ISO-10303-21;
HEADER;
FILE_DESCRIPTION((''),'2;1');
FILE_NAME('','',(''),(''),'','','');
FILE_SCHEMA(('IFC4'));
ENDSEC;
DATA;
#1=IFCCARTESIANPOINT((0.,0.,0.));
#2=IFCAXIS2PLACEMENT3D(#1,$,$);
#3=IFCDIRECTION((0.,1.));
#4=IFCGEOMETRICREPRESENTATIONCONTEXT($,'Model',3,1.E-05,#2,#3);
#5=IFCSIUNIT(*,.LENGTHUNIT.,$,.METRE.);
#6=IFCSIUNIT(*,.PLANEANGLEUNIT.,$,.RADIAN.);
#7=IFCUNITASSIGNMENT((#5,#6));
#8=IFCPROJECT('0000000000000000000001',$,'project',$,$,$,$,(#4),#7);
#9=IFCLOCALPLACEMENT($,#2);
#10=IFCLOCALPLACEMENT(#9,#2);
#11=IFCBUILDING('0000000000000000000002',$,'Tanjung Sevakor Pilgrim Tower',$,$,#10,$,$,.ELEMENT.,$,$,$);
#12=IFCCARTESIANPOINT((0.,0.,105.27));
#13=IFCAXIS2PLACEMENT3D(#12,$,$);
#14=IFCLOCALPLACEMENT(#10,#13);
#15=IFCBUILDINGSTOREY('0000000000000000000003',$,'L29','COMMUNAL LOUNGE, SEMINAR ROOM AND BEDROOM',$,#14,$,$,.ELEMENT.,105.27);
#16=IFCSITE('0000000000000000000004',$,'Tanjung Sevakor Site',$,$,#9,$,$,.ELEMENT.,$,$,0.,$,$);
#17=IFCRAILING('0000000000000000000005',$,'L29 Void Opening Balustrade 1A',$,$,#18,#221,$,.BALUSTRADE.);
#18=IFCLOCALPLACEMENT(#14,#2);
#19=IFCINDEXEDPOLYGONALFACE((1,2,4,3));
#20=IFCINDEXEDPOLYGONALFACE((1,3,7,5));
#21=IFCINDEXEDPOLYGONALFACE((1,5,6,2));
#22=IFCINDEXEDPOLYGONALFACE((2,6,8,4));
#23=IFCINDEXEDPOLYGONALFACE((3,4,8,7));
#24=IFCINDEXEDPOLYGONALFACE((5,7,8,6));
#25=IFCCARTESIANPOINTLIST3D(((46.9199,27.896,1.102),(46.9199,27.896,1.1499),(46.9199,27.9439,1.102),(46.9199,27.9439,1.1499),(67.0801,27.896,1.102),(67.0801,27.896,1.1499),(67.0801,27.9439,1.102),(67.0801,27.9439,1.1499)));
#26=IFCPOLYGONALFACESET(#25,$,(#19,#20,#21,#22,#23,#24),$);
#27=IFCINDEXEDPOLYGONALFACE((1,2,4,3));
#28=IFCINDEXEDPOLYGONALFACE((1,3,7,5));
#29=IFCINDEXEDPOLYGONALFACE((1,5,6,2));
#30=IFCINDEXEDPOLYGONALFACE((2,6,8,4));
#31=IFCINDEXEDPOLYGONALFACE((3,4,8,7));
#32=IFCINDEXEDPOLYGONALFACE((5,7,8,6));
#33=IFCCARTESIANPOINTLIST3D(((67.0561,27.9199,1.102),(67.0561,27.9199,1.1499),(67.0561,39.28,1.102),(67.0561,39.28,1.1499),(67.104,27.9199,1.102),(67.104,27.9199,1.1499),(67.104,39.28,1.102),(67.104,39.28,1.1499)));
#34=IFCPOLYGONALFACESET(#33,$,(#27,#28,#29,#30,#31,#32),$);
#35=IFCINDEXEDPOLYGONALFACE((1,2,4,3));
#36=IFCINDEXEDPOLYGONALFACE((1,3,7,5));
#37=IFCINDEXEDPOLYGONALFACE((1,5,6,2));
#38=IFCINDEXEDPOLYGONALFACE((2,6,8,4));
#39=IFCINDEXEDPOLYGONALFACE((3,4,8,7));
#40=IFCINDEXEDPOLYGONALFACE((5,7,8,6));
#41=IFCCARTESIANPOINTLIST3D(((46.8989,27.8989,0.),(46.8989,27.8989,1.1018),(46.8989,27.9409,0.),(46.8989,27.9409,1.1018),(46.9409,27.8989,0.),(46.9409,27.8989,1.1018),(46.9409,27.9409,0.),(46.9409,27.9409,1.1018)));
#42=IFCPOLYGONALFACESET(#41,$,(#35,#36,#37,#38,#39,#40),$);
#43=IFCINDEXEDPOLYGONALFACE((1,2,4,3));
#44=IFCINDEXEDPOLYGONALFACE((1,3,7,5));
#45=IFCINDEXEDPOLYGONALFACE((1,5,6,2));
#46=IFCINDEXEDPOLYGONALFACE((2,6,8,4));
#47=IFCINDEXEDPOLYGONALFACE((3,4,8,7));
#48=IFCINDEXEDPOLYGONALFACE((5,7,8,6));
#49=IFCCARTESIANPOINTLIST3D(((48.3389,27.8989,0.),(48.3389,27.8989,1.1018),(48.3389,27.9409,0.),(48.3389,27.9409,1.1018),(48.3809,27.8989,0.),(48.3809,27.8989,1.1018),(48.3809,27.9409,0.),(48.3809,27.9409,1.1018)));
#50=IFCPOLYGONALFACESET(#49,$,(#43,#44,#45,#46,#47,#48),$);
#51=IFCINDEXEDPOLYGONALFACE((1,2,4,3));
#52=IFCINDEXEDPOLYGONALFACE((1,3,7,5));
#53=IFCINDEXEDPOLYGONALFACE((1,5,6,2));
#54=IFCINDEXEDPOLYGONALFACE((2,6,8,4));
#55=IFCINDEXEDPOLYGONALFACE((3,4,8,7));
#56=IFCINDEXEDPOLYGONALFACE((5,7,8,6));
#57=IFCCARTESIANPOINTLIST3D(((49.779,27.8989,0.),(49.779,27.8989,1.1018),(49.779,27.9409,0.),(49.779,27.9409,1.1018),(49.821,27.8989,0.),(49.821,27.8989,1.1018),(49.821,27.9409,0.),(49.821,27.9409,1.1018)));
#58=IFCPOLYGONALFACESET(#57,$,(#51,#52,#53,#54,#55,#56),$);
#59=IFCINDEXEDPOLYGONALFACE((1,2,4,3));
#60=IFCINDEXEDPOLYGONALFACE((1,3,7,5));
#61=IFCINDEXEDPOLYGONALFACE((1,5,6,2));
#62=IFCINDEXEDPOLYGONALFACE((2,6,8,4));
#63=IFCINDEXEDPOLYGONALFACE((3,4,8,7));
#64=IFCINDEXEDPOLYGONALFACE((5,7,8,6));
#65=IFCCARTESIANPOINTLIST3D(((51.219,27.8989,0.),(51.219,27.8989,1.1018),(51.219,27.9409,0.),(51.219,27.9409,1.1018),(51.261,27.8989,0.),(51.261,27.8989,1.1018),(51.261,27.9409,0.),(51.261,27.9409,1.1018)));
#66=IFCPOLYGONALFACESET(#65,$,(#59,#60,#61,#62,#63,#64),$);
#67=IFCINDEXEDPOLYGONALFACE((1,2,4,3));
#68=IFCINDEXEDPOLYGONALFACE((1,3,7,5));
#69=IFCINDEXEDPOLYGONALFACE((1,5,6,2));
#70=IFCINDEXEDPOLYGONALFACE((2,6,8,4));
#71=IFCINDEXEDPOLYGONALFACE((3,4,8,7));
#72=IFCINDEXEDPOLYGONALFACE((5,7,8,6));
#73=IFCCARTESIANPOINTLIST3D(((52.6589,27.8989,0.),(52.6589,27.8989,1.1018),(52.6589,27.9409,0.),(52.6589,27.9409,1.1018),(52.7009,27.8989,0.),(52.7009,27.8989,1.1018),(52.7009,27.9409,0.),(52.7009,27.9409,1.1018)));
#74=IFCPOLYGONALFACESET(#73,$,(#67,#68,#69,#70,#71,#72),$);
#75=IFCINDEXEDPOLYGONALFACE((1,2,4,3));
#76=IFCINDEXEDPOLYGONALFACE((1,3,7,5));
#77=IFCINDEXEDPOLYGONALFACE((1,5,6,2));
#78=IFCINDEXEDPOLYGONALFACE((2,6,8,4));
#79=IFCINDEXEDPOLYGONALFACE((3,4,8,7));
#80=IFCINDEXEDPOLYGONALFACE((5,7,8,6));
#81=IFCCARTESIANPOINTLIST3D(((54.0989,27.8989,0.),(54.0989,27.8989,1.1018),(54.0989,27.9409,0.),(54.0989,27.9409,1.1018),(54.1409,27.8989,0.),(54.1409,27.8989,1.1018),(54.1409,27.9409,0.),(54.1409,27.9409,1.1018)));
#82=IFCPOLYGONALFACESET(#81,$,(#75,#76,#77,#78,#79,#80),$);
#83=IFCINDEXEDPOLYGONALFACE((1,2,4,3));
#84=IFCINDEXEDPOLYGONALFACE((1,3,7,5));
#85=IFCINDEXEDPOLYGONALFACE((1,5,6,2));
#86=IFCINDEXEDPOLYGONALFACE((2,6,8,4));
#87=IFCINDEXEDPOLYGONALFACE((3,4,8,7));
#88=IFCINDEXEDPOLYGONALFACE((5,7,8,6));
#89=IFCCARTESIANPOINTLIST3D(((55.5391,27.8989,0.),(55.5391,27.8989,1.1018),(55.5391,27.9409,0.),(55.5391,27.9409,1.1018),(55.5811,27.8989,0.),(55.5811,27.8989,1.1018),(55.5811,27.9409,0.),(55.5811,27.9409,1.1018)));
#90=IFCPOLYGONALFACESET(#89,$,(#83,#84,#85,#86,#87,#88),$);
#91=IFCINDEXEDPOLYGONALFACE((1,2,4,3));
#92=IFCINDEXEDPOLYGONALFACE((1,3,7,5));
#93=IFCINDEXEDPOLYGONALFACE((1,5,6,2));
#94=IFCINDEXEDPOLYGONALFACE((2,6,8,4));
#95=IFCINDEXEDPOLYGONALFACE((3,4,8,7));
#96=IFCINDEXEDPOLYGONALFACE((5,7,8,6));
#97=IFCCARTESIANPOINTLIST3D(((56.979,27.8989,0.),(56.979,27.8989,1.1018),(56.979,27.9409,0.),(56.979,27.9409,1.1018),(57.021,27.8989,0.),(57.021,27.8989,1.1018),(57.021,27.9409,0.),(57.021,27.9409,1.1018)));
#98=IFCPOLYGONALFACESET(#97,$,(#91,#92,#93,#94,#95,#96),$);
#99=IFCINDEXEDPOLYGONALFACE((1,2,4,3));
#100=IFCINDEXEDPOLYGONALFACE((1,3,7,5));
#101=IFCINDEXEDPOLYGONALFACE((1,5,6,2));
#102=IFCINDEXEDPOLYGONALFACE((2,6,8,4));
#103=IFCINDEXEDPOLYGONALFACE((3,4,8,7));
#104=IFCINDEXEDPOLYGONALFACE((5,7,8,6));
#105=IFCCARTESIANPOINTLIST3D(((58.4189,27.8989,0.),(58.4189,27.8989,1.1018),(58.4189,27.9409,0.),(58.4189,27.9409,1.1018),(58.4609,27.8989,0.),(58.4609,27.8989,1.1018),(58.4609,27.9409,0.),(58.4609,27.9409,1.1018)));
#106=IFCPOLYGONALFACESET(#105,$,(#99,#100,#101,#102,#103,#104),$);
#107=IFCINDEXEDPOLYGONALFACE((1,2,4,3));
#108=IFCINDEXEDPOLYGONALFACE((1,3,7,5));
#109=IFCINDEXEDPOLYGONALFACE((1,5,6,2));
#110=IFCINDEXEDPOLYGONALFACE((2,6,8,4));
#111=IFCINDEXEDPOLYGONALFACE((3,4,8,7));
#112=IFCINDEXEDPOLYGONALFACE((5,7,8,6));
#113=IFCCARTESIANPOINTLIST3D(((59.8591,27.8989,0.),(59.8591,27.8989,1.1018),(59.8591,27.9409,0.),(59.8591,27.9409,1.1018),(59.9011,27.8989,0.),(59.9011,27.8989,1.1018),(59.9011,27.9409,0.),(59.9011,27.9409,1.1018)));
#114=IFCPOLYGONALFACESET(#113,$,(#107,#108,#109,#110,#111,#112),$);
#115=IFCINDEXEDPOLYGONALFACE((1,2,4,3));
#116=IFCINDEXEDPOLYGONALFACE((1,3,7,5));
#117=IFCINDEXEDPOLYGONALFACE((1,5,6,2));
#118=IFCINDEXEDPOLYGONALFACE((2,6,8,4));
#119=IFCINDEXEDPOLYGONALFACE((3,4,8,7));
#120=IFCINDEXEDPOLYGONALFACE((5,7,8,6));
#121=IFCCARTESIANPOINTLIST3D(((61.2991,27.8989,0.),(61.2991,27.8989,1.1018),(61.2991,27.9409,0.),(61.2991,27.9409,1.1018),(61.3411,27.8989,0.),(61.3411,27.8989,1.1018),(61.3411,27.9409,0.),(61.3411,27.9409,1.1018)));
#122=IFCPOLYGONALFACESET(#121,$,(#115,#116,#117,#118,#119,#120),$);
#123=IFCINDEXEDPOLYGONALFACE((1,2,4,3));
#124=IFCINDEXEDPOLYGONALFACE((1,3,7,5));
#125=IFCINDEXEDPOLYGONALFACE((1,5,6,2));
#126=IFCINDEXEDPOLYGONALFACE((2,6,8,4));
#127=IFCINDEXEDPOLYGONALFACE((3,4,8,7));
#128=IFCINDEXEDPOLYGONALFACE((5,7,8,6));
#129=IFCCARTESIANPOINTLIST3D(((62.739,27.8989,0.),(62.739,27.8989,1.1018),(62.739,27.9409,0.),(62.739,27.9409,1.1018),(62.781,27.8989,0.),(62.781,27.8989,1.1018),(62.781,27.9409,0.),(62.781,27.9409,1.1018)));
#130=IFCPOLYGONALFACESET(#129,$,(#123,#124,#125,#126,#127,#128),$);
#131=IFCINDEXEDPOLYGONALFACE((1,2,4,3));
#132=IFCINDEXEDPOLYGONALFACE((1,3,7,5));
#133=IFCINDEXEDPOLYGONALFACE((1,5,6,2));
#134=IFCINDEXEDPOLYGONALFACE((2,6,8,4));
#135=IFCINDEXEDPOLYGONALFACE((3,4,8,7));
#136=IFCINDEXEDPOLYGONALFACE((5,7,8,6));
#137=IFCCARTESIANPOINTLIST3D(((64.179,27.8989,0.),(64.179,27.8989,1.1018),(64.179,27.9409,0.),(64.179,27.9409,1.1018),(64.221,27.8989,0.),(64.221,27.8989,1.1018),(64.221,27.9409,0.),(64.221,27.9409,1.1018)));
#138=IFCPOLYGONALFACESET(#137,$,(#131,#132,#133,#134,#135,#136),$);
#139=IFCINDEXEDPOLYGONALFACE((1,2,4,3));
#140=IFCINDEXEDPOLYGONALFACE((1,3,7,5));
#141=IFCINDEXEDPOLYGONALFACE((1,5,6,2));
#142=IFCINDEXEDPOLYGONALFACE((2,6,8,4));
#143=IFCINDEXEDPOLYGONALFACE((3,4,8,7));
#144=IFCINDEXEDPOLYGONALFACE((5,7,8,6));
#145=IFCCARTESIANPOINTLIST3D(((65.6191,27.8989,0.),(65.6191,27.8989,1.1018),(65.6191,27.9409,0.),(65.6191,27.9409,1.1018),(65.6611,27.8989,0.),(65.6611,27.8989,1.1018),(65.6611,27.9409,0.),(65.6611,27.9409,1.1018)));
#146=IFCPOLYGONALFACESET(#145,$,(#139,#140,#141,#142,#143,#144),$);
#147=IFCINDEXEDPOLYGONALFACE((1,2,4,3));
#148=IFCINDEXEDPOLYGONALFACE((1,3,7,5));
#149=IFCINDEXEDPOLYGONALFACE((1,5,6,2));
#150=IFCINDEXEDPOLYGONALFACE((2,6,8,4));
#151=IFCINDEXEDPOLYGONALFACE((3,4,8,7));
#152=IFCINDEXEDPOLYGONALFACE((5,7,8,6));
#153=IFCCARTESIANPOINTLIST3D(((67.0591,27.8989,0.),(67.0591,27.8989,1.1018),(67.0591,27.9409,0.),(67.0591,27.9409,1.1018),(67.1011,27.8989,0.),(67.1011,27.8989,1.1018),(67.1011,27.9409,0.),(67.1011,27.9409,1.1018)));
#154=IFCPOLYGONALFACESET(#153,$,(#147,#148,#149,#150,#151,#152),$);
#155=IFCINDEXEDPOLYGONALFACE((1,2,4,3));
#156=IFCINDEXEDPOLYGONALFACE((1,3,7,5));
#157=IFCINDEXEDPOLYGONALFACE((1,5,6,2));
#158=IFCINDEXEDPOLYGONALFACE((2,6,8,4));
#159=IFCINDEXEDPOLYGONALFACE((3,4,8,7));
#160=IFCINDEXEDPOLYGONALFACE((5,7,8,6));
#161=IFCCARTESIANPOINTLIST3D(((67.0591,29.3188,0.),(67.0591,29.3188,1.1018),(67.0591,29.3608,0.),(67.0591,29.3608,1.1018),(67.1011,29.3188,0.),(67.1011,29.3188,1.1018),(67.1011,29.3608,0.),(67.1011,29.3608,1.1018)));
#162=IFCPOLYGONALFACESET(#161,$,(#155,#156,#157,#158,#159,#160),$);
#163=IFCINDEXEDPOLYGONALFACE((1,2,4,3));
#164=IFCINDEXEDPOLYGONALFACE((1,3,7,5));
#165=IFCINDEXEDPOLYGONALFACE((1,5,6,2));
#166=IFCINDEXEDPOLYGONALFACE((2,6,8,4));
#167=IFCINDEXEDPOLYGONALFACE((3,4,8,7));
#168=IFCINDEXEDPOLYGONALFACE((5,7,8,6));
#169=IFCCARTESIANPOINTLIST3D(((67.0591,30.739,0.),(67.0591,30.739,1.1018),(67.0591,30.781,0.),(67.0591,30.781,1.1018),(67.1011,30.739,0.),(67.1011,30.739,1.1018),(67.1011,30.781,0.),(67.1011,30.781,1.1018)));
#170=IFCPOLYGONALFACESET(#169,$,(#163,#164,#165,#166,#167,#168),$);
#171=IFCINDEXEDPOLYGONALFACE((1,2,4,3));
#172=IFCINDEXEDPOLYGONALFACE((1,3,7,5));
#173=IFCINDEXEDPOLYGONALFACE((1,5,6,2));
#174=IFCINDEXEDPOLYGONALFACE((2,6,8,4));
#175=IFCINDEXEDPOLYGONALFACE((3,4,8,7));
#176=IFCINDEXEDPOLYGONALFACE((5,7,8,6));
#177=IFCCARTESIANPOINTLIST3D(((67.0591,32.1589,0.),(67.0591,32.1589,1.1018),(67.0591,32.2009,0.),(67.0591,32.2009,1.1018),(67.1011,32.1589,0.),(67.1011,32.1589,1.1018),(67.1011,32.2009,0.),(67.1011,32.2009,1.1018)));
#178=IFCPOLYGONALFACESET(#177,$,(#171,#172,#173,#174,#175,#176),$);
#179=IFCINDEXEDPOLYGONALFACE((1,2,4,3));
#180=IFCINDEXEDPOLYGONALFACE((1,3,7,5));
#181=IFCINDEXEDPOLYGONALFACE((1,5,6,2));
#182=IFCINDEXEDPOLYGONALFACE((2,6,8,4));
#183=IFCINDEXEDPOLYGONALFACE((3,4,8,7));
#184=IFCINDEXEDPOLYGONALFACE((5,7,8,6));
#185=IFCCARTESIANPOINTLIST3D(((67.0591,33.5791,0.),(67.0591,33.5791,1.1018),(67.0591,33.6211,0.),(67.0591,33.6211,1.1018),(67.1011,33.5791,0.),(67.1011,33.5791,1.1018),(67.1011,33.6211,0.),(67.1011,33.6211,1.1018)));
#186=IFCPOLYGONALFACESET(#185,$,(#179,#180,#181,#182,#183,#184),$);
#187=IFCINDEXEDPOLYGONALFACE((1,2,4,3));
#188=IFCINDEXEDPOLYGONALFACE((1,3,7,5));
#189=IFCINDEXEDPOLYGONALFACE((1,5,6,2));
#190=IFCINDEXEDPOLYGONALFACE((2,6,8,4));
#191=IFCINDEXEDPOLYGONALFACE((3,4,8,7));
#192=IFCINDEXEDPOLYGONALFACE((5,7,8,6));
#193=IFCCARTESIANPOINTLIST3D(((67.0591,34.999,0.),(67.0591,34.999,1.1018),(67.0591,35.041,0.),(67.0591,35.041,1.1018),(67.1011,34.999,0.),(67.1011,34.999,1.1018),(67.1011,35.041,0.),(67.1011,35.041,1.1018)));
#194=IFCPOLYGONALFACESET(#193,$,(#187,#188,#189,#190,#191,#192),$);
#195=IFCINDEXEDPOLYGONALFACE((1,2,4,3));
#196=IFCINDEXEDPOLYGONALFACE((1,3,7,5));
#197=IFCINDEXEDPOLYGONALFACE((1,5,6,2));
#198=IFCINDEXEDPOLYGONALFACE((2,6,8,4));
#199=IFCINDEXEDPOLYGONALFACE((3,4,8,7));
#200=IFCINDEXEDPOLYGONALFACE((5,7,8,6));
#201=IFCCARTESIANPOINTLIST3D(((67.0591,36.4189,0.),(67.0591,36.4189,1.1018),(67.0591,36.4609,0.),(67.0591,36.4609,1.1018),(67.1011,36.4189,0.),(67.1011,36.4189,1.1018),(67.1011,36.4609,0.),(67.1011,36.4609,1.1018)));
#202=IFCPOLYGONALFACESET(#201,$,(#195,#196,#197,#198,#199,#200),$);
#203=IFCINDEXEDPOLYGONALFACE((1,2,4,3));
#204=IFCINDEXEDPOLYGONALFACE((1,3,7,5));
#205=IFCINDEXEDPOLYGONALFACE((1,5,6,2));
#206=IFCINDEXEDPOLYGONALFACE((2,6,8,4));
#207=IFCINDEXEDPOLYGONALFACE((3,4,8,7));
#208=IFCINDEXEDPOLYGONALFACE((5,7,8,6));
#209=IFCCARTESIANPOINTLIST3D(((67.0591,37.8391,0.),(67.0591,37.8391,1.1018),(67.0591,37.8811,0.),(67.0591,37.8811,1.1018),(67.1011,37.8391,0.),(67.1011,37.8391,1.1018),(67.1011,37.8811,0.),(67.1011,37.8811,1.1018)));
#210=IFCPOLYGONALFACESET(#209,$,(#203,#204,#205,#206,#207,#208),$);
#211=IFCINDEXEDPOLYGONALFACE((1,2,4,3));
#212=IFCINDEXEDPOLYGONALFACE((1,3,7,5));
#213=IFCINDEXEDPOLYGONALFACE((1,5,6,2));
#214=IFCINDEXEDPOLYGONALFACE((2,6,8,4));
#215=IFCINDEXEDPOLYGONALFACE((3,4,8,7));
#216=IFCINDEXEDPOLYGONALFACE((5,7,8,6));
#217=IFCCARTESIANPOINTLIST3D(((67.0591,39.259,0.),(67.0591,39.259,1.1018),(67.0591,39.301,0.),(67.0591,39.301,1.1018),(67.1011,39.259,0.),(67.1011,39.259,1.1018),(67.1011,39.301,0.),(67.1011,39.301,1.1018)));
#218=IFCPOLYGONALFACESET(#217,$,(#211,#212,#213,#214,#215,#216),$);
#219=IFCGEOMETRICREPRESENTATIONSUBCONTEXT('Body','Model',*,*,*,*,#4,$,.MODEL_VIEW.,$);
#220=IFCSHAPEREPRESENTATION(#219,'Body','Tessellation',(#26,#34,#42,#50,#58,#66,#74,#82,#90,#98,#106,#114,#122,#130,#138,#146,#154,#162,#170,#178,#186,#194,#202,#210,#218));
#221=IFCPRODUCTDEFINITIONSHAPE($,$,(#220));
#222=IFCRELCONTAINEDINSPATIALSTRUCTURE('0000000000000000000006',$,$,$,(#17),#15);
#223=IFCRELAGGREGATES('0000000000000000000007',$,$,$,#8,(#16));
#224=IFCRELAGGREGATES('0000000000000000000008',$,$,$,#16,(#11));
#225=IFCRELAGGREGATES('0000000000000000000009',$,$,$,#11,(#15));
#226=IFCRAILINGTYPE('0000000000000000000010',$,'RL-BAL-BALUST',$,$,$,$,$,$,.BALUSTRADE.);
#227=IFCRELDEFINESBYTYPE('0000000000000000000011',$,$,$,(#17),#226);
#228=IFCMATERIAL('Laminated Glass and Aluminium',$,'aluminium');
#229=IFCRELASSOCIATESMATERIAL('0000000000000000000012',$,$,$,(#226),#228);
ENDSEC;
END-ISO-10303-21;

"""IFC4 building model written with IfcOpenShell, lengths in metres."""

from ifc_helpers import new_model, si_unit, direction, frame, origin, place, context, subcontext, project, spatial, rectangle, extrude, material, type_object, element, save


model = new_model("IFC4")

# Units and contexts
model_context = context("Model", 3, precision=1e-05, world=origin(), true_north=direction((0.0, 1.0)))
body_context = subcontext(model_context, "Body", "Model", "MODEL_VIEW")
ifc_project = project(units=[si_unit("LENGTHUNIT", "METRE"), si_unit("PLANEANGLEUNIT", "RADIAN")], contexts=[model_context])

# Site, building, storey
site_placement = place(None, origin())
site = spatial("IfcSite", under=ifc_project, at=site_placement, Name="Tanjung Sevakor Site", CompositionType="ELEMENT", RefElevation=0.0)
building_placement = place(site_placement, origin())
building = spatial("IfcBuilding", under=site, at=building_placement, Name="Tanjung Sevakor Pilgrim Tower", CompositionType="ELEMENT")
storey_placement = place(building_placement, frame((0.0, 0.0, 105.27)))
storey = spatial("IfcBuildingStorey", under=building, at=storey_placement, Name="L29", Description="COMMUNAL LOUNGE, SEMINAR ROOM AND BEDROOM", CompositionType="ELEMENT", Elevation=105.27)

# Railing
ifc_material_1 = material(Name="Laminated Glass and Aluminium", Category="aluminium")
railing_type_1 = type_object("IfcRailingType", Name="RL-BAL-BALUST", PredefinedType="BALUSTRADE", material=ifc_material_1)
railing_1_placement = place(storey_placement, frame((46.9199, 27.9199, 0.0)))
element("IfcRailing", 1, at=railing_1_placement, inside=storey, type_object=railing_type_1, Name="L29 Void Opening Balustrade 1A", PredefinedType="BALUSTRADE", context=body_context, shape_type="SweptSolid", body=[
    extrude(rectangle(XDim=0.0479, YDim=0.0479), frame((0.0, 0.0, 1.126), z_axis=(1.0, 0.0, 0.0), x_axis=(0.0, 1.0, 0.0)), (0.0, 0.0, 1.0), 20.1602),
    extrude(rectangle(XDim=0.0479, YDim=0.0479), frame((20.1602, 0.0, 1.126), z_axis=(0.0, 1.0, 0.0), x_axis=(-1.0, 0.0, 0.0)), (0.0, 0.0, 1.0), 11.3601),
    extrude(rectangle(XDim=0.042, YDim=0.042), origin(), (0.0, 0.0, 1.0), 1.1018),
    extrude(rectangle(XDim=0.042, YDim=0.042), frame((1.4399, 0.0, 0.0)), (0.0, 0.0, 1.0), 1.1018),
    extrude(rectangle(XDim=0.042, YDim=0.042), frame((2.8801, 0.0, 0.0)), (0.0, 0.0, 1.0), 1.1018),
    extrude(rectangle(XDim=0.042, YDim=0.042), frame((4.3201, 0.0, 0.0)), (0.0, 0.0, 1.0), 1.1018),
    extrude(rectangle(XDim=0.042, YDim=0.042), frame((5.76, 0.0, 0.0)), (0.0, 0.0, 1.0), 1.1018),
    extrude(rectangle(XDim=0.042, YDim=0.042), frame((7.2, 0.0, 0.0)), (0.0, 0.0, 1.0), 1.1018),
    extrude(rectangle(XDim=0.042, YDim=0.042), frame((8.6401, 0.0, 0.0)), (0.0, 0.0, 1.0), 1.1018),
    extrude(rectangle(XDim=0.042, YDim=0.042), frame((10.0801, 0.0, 0.0)), (0.0, 0.0, 1.0), 1.1018),
    extrude(rectangle(XDim=0.042, YDim=0.042), frame((11.52, 0.0, 0.0)), (0.0, 0.0, 1.0), 1.1018),
    extrude(rectangle(XDim=0.042, YDim=0.042), frame((12.9602, 0.0, 0.0)), (0.0, 0.0, 1.0), 1.1018),
    extrude(rectangle(XDim=0.042, YDim=0.042), frame((14.4001, 0.0, 0.0)), (0.0, 0.0, 1.0), 1.1018),
    extrude(rectangle(XDim=0.042, YDim=0.042), frame((15.8401, 0.0, 0.0)), (0.0, 0.0, 1.0), 1.1018),
    extrude(rectangle(XDim=0.042, YDim=0.042), frame((17.28, 0.0, 0.0)), (0.0, 0.0, 1.0), 1.1018),
    extrude(rectangle(XDim=0.042, YDim=0.042), frame((18.7202, 0.0, 0.0)), (0.0, 0.0, 1.0), 1.1018),
    extrude(rectangle(XDim=0.042, YDim=0.042), frame((20.1602, 0.0, 0.0)), (0.0, 0.0, 1.0), 1.1018),
    extrude(rectangle(XDim=0.042, YDim=0.042), frame((20.1602, 1.4199, 0.0)), (0.0, 0.0, 1.0), 1.1018),
    extrude(rectangle(XDim=0.042, YDim=0.042), frame((20.1602, 2.8401, 0.0)), (0.0, 0.0, 1.0), 1.1018),
    extrude(rectangle(XDim=0.042, YDim=0.042), frame((20.1602, 4.26, 0.0)), (0.0, 0.0, 1.0), 1.1018),
    extrude(rectangle(XDim=0.042, YDim=0.042), frame((20.1602, 5.6802, 0.0)), (0.0, 0.0, 1.0), 1.1018),
    extrude(rectangle(XDim=0.042, YDim=0.042), frame((20.1602, 7.1001, 0.0)), (0.0, 0.0, 1.0), 1.1018),
    extrude(rectangle(XDim=0.042, YDim=0.042), frame((20.1602, 8.52, 0.0)), (0.0, 0.0, 1.0), 1.1018),
    extrude(rectangle(XDim=0.042, YDim=0.042), frame((20.1602, 9.9402, 0.0)), (0.0, 0.0, 1.0), 1.1018),
    extrude(rectangle(XDim=0.042, YDim=0.042), frame((20.1602, 11.3601, 0.0)), (0.0, 0.0, 1.0), 1.1018),
])

save(model, "model.ifc")
